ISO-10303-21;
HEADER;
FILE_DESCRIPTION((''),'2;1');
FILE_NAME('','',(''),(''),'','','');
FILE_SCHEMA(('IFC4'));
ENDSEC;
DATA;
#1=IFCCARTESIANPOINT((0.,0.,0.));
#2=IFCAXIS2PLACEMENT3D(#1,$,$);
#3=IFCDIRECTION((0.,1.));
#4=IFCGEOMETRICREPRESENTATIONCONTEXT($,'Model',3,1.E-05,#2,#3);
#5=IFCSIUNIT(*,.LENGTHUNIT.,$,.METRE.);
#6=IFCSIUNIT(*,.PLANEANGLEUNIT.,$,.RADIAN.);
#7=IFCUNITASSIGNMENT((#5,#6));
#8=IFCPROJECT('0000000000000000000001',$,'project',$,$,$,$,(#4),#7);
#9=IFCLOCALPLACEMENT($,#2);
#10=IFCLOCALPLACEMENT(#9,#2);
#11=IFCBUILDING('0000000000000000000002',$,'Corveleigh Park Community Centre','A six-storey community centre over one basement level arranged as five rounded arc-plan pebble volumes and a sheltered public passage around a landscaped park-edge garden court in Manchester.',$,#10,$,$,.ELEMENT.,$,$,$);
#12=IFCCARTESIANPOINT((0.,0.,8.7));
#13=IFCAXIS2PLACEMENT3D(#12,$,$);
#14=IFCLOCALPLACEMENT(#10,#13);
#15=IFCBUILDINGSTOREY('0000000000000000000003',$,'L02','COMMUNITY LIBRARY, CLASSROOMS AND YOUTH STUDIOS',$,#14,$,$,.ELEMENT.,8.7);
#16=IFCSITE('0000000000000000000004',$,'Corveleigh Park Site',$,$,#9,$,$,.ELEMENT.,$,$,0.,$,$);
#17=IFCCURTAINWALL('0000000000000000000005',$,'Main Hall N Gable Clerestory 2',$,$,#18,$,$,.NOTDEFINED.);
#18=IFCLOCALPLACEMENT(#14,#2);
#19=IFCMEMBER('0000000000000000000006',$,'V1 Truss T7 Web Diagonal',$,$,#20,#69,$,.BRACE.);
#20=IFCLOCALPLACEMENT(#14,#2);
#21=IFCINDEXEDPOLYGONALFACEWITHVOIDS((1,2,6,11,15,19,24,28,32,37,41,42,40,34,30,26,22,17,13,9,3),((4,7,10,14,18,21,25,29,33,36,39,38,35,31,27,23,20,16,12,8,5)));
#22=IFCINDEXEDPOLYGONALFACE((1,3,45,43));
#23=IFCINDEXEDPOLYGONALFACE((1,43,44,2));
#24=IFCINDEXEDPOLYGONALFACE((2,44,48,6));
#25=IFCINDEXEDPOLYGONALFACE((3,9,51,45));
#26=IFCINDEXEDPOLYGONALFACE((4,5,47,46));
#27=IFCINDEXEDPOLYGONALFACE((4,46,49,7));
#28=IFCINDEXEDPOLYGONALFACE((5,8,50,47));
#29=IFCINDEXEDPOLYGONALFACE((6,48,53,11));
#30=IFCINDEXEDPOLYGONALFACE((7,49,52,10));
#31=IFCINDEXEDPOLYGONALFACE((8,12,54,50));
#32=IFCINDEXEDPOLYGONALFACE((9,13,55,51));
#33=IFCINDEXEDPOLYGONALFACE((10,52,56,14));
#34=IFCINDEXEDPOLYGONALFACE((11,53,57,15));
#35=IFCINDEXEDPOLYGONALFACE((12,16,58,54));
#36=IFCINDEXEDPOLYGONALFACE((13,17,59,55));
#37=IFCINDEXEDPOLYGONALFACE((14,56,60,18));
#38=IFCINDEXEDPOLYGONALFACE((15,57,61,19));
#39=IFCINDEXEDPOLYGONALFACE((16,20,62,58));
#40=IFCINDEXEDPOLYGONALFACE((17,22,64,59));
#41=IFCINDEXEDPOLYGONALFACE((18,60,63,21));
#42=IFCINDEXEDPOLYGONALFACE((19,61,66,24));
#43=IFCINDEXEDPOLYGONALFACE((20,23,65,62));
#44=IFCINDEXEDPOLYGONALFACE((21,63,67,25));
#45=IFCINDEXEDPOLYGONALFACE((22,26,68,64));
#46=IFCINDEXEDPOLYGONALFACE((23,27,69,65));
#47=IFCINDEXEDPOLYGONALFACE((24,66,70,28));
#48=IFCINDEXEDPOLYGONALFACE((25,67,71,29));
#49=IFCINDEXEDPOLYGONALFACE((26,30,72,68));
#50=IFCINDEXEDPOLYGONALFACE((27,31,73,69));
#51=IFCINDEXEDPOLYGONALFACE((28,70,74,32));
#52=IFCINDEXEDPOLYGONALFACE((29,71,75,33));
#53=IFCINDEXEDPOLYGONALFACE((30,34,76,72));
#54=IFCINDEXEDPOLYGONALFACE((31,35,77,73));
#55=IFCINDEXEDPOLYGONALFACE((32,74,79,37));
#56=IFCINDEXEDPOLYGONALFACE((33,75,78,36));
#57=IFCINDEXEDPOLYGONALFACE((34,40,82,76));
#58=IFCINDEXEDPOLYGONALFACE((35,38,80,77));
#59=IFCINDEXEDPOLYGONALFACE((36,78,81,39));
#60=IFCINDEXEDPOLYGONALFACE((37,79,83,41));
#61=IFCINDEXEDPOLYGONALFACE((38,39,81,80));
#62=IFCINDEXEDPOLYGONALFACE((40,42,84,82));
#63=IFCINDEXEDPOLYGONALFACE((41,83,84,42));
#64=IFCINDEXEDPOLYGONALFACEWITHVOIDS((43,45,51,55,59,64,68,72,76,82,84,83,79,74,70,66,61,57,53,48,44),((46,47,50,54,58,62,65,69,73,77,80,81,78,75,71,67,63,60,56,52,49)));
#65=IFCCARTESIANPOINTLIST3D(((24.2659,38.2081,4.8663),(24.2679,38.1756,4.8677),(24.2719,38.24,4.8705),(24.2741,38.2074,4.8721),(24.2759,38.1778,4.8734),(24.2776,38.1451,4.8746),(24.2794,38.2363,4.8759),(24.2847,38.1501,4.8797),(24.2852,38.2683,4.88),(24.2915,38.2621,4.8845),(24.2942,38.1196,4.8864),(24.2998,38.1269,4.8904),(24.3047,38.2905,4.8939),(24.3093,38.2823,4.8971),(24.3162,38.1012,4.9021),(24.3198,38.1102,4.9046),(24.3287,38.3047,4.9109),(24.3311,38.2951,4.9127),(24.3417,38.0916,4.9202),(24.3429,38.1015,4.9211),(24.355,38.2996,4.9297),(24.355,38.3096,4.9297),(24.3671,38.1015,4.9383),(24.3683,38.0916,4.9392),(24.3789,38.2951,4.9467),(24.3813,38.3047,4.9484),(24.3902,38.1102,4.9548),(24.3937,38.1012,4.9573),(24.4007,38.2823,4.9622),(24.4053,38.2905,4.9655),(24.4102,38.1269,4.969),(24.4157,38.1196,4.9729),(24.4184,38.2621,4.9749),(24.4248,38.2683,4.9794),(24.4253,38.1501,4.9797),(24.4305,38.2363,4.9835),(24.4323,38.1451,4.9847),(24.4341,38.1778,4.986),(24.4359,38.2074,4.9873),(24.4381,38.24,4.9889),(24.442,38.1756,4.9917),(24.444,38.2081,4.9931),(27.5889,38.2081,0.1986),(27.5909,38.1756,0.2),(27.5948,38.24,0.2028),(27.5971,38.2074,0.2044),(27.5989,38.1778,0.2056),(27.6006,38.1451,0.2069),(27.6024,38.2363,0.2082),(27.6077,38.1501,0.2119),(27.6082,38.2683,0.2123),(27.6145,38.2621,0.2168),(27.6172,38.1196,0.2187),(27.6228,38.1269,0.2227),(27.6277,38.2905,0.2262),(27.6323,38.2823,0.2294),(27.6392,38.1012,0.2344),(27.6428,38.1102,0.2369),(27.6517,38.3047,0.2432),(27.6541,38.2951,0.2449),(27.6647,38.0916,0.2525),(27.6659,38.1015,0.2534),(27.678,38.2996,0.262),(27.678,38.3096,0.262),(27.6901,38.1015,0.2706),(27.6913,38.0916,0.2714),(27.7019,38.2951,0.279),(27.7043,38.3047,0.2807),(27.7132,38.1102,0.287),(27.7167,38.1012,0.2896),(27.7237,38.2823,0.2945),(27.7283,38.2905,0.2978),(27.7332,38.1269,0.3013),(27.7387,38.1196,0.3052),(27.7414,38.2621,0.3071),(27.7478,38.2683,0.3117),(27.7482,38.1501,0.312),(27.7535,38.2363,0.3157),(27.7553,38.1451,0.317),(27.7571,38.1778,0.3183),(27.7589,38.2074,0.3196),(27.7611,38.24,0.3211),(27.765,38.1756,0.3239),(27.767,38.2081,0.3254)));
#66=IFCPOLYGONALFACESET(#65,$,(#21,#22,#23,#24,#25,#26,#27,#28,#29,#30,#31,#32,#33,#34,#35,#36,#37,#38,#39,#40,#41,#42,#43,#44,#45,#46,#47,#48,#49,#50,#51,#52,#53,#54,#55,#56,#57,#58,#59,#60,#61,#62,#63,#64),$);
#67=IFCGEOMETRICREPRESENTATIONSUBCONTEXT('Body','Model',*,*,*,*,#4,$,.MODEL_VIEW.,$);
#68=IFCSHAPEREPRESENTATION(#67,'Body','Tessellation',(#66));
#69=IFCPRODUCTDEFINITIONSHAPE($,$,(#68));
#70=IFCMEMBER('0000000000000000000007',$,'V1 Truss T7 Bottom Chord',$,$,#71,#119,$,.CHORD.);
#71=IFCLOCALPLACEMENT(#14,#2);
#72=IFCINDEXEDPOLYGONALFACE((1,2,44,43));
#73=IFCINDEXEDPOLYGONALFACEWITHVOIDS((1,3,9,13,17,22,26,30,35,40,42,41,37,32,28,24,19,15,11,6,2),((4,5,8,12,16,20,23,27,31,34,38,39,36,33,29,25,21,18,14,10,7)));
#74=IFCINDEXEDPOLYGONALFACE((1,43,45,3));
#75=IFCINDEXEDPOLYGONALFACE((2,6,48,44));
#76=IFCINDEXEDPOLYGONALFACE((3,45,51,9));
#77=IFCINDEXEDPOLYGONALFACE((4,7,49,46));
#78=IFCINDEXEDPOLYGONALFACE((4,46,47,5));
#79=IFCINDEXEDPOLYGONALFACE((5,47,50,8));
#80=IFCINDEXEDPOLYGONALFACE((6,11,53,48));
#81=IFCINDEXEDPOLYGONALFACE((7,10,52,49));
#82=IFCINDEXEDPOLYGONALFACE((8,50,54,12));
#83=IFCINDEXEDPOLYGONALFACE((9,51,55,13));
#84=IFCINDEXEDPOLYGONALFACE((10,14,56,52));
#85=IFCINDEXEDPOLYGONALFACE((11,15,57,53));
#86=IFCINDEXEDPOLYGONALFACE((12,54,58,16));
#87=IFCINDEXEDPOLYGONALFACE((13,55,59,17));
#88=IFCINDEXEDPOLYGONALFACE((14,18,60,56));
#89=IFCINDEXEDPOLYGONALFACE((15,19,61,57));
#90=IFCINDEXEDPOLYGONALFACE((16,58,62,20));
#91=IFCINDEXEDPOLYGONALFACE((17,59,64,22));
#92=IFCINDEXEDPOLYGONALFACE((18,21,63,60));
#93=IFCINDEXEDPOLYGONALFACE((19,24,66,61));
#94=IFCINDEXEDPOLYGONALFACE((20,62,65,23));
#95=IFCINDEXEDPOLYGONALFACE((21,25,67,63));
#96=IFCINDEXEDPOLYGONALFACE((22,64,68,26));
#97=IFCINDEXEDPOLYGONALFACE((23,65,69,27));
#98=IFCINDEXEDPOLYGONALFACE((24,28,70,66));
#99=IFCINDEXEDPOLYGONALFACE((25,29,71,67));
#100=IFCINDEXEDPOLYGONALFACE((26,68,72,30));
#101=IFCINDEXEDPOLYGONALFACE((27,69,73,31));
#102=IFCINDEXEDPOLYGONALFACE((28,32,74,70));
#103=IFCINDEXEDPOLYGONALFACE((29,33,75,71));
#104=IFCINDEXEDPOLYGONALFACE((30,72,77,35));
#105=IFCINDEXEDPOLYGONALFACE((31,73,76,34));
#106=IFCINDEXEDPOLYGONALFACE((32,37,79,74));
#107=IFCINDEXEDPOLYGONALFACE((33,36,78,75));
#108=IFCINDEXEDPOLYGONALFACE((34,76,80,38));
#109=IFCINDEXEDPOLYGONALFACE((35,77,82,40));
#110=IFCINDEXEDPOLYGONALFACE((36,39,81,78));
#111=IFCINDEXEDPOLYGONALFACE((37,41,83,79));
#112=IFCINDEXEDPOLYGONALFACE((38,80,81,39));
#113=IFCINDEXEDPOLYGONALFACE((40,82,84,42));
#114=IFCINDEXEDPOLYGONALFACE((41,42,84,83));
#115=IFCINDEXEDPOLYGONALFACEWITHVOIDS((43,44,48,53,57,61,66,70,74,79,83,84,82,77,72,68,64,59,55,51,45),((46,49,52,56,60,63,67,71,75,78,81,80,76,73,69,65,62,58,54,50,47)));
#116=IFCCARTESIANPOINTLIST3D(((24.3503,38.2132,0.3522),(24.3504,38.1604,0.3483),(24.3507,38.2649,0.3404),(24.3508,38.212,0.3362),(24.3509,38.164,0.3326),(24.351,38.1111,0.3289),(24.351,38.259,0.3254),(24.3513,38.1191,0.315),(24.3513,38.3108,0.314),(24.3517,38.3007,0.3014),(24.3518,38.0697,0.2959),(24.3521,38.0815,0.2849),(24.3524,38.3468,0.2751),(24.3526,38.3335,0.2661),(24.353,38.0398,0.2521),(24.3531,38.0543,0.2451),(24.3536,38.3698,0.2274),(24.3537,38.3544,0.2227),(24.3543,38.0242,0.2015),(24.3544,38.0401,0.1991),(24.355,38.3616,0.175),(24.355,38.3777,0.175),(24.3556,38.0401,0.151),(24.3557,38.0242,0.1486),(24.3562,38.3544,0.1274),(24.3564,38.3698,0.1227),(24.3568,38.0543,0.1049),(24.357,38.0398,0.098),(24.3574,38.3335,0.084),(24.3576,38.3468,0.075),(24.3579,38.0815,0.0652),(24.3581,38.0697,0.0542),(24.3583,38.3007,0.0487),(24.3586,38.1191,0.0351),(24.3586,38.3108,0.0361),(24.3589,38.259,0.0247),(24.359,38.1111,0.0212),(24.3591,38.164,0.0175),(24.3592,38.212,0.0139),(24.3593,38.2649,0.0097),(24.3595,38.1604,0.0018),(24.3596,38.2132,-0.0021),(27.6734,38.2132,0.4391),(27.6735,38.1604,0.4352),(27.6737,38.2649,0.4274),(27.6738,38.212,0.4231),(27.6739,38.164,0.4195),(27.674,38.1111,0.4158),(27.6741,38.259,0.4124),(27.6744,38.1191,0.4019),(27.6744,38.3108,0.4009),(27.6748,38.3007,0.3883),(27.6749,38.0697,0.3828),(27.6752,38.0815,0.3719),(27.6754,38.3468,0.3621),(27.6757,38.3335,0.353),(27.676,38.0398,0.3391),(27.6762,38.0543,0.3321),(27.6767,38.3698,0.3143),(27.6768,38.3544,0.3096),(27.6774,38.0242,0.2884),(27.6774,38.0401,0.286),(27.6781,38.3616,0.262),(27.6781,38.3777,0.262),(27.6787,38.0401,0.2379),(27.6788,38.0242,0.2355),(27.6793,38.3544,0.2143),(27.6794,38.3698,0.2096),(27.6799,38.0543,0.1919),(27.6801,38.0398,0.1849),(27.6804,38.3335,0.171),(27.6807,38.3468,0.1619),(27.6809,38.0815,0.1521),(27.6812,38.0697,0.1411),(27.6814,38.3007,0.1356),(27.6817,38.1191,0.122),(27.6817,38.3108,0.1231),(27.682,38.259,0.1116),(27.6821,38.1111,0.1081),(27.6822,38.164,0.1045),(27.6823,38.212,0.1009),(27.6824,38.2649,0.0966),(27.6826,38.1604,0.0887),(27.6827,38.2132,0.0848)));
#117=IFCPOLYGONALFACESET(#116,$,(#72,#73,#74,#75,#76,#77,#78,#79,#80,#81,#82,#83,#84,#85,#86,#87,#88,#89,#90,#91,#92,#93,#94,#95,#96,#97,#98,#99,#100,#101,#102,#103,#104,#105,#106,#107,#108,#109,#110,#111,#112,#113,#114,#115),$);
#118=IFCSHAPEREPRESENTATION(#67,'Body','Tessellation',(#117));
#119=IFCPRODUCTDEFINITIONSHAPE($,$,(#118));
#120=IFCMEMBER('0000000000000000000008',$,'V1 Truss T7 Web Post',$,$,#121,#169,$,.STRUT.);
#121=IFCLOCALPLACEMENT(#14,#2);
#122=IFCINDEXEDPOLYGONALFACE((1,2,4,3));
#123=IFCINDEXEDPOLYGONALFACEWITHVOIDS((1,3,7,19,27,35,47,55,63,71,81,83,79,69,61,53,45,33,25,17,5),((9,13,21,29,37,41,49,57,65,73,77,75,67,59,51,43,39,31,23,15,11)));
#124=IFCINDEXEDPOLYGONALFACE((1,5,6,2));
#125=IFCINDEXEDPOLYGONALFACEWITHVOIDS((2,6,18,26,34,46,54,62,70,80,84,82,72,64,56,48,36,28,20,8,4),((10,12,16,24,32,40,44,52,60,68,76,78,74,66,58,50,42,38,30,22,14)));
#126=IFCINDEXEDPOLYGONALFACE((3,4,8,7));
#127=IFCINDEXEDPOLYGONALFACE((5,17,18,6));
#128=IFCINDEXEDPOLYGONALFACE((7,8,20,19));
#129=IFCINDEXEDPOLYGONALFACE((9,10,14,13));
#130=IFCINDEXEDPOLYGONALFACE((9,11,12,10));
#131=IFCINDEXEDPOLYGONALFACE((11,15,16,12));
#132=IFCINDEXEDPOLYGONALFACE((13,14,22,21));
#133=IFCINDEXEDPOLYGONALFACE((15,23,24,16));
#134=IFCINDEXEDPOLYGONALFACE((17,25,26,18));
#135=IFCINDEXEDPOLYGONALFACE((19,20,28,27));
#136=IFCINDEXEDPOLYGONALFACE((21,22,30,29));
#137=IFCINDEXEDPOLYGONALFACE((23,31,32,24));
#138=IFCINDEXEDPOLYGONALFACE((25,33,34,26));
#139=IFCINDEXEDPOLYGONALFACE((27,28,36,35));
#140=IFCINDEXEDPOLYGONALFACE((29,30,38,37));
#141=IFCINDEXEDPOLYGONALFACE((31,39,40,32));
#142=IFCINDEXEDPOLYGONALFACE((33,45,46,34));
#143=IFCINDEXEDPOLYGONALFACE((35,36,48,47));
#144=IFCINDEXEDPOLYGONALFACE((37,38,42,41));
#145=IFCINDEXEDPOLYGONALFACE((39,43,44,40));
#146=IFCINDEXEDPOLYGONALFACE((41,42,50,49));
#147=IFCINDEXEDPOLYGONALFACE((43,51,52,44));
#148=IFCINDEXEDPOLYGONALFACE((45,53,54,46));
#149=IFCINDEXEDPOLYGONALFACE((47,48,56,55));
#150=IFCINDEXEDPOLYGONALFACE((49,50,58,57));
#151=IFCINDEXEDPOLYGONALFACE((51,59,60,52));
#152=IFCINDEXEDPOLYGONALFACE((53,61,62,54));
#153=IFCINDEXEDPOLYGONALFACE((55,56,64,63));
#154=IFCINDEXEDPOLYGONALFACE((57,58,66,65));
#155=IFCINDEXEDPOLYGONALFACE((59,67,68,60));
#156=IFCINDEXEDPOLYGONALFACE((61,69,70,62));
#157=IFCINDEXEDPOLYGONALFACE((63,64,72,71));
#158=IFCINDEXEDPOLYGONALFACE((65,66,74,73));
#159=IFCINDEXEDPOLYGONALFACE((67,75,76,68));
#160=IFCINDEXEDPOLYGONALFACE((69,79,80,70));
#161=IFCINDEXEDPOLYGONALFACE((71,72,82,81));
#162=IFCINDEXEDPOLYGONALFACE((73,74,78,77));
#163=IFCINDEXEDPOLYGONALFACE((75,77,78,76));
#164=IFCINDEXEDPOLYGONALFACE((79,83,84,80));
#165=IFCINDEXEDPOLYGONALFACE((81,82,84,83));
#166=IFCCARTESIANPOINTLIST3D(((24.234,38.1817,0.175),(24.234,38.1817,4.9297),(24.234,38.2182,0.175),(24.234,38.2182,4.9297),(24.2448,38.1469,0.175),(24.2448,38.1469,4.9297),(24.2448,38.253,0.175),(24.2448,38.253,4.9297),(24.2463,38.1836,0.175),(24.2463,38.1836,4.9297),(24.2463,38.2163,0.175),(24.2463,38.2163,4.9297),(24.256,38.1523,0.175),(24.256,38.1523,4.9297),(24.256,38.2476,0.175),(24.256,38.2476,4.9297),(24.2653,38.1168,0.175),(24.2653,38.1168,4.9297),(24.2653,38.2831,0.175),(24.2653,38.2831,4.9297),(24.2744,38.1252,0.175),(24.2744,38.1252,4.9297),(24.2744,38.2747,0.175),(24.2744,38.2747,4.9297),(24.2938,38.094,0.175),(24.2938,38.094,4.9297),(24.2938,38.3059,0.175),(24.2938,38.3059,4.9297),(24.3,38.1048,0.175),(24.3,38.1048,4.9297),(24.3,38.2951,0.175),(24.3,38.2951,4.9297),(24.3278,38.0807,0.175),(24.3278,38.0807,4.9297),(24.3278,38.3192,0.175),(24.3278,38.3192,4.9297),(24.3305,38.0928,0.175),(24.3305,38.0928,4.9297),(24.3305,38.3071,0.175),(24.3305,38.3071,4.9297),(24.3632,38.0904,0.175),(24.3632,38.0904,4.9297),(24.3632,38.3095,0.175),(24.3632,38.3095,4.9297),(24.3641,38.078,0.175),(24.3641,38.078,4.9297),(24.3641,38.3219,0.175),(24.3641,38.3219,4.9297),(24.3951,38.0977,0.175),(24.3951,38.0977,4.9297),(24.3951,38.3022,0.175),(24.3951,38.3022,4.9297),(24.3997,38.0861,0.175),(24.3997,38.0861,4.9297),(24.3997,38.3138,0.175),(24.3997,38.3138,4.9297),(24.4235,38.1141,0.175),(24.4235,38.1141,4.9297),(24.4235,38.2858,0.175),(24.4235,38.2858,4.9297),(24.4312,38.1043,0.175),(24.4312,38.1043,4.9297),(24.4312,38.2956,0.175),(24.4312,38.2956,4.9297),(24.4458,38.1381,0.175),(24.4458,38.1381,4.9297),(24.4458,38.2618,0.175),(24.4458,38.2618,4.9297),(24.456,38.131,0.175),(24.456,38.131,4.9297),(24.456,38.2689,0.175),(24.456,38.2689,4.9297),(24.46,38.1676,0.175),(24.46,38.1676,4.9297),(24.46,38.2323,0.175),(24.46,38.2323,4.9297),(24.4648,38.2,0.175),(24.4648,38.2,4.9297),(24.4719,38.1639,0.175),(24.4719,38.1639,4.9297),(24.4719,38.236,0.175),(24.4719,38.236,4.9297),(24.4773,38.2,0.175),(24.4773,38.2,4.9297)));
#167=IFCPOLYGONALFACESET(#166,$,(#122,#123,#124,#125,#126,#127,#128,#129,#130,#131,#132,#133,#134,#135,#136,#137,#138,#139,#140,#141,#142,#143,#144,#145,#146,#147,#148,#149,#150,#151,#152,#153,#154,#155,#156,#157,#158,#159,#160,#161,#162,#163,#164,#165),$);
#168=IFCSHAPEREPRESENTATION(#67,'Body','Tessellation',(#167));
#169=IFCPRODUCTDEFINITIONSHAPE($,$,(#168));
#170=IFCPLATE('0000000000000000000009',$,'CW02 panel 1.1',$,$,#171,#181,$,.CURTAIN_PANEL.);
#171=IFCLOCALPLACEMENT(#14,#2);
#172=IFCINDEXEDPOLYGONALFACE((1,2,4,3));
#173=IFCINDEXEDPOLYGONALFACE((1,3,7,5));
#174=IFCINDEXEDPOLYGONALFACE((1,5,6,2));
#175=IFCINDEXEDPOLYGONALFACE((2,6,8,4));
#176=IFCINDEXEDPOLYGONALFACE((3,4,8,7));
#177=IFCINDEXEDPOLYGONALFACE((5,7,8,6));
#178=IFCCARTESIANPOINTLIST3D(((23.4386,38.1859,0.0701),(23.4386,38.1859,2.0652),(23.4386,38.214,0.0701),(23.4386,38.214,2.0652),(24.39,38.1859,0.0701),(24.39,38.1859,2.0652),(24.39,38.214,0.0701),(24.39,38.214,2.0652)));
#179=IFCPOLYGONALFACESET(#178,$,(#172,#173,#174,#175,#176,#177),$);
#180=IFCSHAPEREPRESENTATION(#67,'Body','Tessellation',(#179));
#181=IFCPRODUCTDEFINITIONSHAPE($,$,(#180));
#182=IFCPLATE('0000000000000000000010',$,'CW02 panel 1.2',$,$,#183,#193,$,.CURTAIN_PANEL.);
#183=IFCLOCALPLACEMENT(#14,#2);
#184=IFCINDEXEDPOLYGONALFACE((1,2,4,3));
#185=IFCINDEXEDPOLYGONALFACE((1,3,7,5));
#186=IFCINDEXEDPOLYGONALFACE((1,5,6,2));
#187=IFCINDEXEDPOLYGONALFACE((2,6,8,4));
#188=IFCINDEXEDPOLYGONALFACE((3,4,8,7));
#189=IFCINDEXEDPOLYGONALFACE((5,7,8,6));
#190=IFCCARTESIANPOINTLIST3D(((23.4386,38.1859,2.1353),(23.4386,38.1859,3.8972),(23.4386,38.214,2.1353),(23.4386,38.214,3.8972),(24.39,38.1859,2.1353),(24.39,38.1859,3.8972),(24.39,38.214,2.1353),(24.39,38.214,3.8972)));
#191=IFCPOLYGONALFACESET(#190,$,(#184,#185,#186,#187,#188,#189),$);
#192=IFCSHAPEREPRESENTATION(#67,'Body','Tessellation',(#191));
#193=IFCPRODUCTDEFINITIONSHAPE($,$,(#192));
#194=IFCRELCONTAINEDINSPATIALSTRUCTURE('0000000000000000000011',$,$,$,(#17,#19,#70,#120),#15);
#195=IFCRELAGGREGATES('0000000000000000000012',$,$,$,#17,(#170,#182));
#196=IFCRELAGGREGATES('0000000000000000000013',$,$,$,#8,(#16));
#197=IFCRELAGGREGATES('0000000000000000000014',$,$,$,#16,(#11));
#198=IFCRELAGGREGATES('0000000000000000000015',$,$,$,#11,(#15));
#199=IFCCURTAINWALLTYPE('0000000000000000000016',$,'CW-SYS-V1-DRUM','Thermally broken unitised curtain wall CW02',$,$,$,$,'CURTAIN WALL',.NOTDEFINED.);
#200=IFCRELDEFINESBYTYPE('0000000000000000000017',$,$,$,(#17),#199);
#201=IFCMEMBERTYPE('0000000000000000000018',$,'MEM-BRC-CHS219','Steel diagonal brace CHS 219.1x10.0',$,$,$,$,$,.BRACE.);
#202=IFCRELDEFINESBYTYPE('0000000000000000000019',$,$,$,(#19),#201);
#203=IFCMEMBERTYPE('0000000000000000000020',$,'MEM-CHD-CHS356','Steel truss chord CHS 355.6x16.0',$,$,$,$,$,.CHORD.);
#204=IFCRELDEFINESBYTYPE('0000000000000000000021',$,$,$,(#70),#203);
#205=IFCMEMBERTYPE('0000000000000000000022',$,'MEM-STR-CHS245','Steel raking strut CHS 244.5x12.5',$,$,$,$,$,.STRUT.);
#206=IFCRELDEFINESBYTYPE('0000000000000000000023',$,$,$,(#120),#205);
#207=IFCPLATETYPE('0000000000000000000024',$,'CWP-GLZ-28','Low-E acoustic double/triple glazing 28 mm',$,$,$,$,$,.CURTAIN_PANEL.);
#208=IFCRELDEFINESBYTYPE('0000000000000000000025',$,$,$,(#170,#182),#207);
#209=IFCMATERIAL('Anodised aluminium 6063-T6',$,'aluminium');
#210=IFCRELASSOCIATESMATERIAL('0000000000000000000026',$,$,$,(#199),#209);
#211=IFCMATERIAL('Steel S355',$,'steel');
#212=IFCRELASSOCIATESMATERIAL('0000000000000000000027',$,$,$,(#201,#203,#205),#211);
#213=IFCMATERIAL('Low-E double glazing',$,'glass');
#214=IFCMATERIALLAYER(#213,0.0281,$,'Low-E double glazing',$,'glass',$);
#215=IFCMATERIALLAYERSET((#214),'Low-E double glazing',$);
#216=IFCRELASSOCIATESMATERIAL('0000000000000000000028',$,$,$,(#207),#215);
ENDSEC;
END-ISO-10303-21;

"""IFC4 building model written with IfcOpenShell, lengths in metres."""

from ifc_helpers import new_model, si_unit, direction, frame, origin, origin_2d, place, context, subcontext, project, spatial, rectangle, hollow_circle, extrude, material, layer, layer_set, material_profile, profile_set, type_object, element, aggregate, save


model = new_model("IFC4")

# Units and contexts
model_context = context("Model", 3, precision=1e-05, world=origin(), true_north=direction((0.0, 1.0)))
body_context = subcontext(model_context, "Body", "Model", "MODEL_VIEW")
ifc_project = project(units=[si_unit("LENGTHUNIT", "METRE"), si_unit("PLANEANGLEUNIT", "RADIAN")], contexts=[model_context])

# Site, building, storey
site_placement = place(None, origin())
site = spatial("IfcSite", under=ifc_project, at=site_placement, Name="Corveleigh Park Site", CompositionType="ELEMENT", RefElevation=0.0)
building_placement = place(site_placement, origin())
building = spatial("IfcBuilding", under=site, at=building_placement, Name="Corveleigh Park Community Centre", Description="A six-storey community centre over one basement level arranged as five rounded arc-plan pebble volumes and a sheltered public passage around a landscaped park-edge garden court in Manchester.", CompositionType="ELEMENT")
storey_placement = place(building_placement, frame((0.0, 0.0, 8.7)))
storey = spatial("IfcBuildingStorey", under=building, at=storey_placement, Name="L02", Description="COMMUNITY LIBRARY, CLASSROOMS AND YOUTH STUDIOS", CompositionType="ELEMENT", Elevation=8.7)

# Curtain wall
ifc_material_1 = material(Name="Anodised aluminium 6063-T6", Category="aluminium")
curtain_wall_type = type_object("IfcCurtainWallType", Name="CW-SYS-V1-DRUM", Description="Thermally broken unitised curtain wall CW02", ElementType="CURTAIN WALL", PredefinedType="NOTDEFINED", material=ifc_material_1)
curtain_wall_1_placement = place(storey_placement, origin())
curtain_wall_1 = element("IfcCurtainWall", 1, at=curtain_wall_1_placement, inside=storey, type_object=curtain_wall_type, Name="Main Hall N Gable Clerestory 2", PredefinedType="NOTDEFINED")

# Members
ifc_material_2 = material(Name="Steel S355", Category="steel")
ifc_material_profile_1 = material_profile(ifc_material_2, hollow_circle(Radius=0.1096, WallThickness=0.01, at=origin_2d()), Name="CHS 219.1x10.0", Category="steel")
ifc_profile_set_1 = profile_set([ifc_material_profile_1], Name="Steel S355")
member_type_1 = type_object("IfcMemberType", Name="MEM-BRC-CHS219", Description="Steel diagonal brace CHS 219.1x10.0", PredefinedType="BRACE", material=ifc_profile_set_1)
member_1_placement = place(storey_placement, frame((24.355, 38.2, 4.9297), z_axis=(0.579956, 0.0, -0.814648), x_axis=(0.0, 1.0, 0.0)))
element("IfcMember", 2, at=member_1_placement, inside=storey, type_object=member_type_1, Name="V1 Truss T7 Web Diagonal", PredefinedType="BRACE", context=body_context, shape_type="SweptSolid", body=[
    extrude(hollow_circle(Radius=0.1096, WallThickness=0.01, at=origin_2d()), origin(), (0.0, 0.0, 1.0), 5.7297),
])
ifc_material_profile_2 = material_profile(ifc_material_2, hollow_circle(Radius=0.1777, WallThickness=0.0161, at=origin_2d()), Name="CHS 355.6x16.0", Category="steel")
ifc_profile_set_2 = profile_set([ifc_material_profile_2], Name="Steel S355")
member_type_2 = type_object("IfcMemberType", Name="MEM-CHD-CHS356", Description="Steel truss chord CHS 355.6x16.0", PredefinedType="CHORD", material=ifc_profile_set_2)
member_2_placement = place(storey_placement, frame((24.355, 38.2, 0.175), z_axis=(0.999658, 0.0, 0.026146), x_axis=(0.0, 1.0, 0.0)))
element("IfcMember", 3, at=member_2_placement, inside=storey, type_object=member_type_2, Name="V1 Truss T7 Bottom Chord", PredefinedType="CHORD", context=body_context, shape_type="SweptSolid", body=[
    extrude(hollow_circle(Radius=0.1777, WallThickness=0.0161, at=origin_2d()), origin(), (0.0, 0.0, 1.0), 3.3242),
])
ifc_material_profile_3 = material_profile(ifc_material_2, hollow_circle(Radius=0.1223, WallThickness=0.0125, at=origin_2d()), Name="CHS 244.5x12.5", Category="steel")
ifc_profile_set_3 = profile_set([ifc_material_profile_3], Name="Steel S355")
member_type_3 = type_object("IfcMemberType", Name="MEM-STR-CHS245", Description="Steel raking strut CHS 244.5x12.5", PredefinedType="STRUT", material=ifc_profile_set_3)
member_3_placement = place(storey_placement, frame((24.355, 38.2, 0.175), z_axis=(0.0, 0.0, 1.0), x_axis=(1.0, 0.0, 0.0)))
element("IfcMember", 4, at=member_3_placement, inside=storey, type_object=member_type_3, Name="V1 Truss T7 Web Post", PredefinedType="STRUT", context=body_context, shape_type="SweptSolid", body=[
    extrude(hollow_circle(Radius=0.1223, WallThickness=0.0125, at=origin_2d()), origin(), (0.0, 0.0, 1.0), 4.7546),
])

# Plates
ifc_material_3 = material(Name="Low-E double glazing", Category="glass")
ifc_layer_1 = layer(ifc_material_3, 0.0281, Name="Low-E double glazing", Category="glass")
ifc_layer_set_1 = layer_set([ifc_layer_1], Name="Low-E double glazing")
plate_type_1 = type_object("IfcPlateType", Name="CWP-GLZ-28", Description="Low-E acoustic double/triple glazing 28 mm", PredefinedType="CURTAIN_PANEL", material=ifc_layer_set_1)
plate_1_placement = place(storey_placement, frame((23.9143, 38.2, 0.0701), z_axis=(0.0, 0.0, 1.0), x_axis=(-1.0, 0.0, 0.0)))
plate_1 = element("IfcPlate", 5, at=plate_1_placement, type_object=plate_type_1, Name="CW02 panel 1.1", PredefinedType="CURTAIN_PANEL", context=body_context, shape_type="SweptSolid", body=[
    extrude(rectangle(XDim=0.9514, YDim=0.0281, at=origin_2d()), origin(), (0.0, 0.0, 1.0), 1.9951),
])
plate_2_placement = place(storey_placement, frame((23.9143, 38.2, 2.1353), z_axis=(0.0, 0.0, 1.0), x_axis=(-1.0, 0.0, 0.0)))
plate_2 = element("IfcPlate", 6, at=plate_2_placement, type_object=plate_type_1, Name="CW02 panel 1.2", PredefinedType="CURTAIN_PANEL", context=body_context, shape_type="SweptSolid", body=[
    extrude(rectangle(XDim=0.9514, YDim=0.0281, at=origin_2d()), origin(), (0.0, 0.0, 1.0), 1.762),
])
aggregate(curtain_wall_1, [plate_1, plate_2])

save(model, "model.ifc")
